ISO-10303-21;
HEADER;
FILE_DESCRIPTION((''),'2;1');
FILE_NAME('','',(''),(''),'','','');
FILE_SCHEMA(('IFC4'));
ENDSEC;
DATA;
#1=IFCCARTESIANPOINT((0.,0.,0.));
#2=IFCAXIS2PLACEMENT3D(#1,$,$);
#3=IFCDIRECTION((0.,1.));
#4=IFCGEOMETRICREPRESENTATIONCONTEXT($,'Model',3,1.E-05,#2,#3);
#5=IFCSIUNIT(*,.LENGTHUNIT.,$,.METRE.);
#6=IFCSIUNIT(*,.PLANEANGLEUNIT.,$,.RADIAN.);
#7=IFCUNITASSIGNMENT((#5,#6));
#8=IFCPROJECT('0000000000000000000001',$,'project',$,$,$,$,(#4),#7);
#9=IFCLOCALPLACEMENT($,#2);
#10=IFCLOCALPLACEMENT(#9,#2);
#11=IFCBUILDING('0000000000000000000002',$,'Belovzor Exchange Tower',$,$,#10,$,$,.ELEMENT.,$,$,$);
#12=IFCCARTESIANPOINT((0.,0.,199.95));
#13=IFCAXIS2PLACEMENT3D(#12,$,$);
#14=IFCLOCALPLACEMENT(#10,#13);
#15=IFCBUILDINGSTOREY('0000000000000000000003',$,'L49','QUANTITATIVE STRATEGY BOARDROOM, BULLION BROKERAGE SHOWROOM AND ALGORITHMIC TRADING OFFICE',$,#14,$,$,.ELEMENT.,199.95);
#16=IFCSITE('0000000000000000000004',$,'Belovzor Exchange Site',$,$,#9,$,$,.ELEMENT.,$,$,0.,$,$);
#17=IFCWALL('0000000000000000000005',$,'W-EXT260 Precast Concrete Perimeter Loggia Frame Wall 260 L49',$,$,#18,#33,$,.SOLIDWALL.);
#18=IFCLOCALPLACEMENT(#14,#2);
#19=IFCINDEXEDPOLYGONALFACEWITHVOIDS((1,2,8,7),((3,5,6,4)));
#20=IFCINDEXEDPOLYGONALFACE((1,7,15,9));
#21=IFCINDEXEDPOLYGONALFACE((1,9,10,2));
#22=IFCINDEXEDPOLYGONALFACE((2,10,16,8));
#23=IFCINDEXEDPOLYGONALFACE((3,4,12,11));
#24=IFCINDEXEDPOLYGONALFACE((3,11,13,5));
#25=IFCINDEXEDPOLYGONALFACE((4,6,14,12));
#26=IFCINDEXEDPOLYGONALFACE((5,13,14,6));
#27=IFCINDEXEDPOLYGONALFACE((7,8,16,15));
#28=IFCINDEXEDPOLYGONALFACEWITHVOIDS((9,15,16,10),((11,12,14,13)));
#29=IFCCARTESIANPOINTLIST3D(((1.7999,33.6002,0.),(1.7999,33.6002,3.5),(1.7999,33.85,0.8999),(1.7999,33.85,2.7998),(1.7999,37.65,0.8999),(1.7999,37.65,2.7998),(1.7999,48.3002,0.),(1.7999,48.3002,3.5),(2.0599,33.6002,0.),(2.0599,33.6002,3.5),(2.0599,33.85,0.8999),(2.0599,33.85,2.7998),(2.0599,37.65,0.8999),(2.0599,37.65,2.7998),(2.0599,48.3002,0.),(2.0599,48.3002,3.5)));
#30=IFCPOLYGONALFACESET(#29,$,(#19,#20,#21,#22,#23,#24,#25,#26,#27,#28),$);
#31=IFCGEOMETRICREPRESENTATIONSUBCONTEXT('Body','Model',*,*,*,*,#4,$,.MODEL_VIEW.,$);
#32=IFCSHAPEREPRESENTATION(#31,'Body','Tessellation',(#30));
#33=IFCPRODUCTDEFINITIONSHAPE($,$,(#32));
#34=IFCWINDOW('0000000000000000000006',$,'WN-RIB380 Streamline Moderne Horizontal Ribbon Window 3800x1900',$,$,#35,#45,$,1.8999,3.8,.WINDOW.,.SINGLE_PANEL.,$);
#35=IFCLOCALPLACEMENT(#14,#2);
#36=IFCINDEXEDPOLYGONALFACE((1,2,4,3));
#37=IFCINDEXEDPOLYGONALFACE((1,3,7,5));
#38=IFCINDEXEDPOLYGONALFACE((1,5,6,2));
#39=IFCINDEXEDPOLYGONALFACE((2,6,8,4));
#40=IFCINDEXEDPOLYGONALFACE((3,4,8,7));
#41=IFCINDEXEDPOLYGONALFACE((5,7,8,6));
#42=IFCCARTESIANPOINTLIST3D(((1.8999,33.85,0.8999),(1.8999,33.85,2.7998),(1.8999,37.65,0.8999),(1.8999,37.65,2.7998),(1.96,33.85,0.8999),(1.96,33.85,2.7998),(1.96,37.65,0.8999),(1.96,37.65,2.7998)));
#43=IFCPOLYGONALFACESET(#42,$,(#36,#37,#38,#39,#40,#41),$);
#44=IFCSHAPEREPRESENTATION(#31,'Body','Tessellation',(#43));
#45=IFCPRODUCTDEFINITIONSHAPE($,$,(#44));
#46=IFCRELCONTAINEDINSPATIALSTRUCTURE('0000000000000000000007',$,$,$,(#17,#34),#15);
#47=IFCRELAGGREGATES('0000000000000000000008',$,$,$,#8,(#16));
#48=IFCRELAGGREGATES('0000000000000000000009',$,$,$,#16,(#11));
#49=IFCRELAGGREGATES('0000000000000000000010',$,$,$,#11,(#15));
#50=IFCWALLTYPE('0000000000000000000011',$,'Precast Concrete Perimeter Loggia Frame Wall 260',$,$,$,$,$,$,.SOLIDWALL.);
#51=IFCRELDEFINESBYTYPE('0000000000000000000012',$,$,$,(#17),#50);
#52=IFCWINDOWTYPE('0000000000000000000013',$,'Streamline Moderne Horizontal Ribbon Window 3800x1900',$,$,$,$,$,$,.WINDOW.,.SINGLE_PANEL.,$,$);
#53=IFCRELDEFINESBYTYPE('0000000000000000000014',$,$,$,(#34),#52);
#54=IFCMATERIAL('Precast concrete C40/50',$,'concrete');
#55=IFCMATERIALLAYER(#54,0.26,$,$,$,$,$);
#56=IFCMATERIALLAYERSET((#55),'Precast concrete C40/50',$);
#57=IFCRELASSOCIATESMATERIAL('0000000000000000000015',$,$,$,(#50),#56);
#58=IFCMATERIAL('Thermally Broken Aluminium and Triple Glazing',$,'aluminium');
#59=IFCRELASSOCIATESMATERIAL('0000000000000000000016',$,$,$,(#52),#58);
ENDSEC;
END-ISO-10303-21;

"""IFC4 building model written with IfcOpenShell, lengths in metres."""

from ifc_helpers import new_model, si_unit, direction, frame, frame_2d, origin, place, context, subcontext, project, spatial, rectangle, extrude, material, layer, layer_set, type_object, element, fill, save


model = new_model("IFC4")

# Units and contexts
model_context = context("Model", 3, precision=1e-05, world=origin(), true_north=direction((0.0, 1.0)))
body_context = subcontext(model_context, "Body", "Model", "MODEL_VIEW")
ifc_project = project(units=[si_unit("LENGTHUNIT", "METRE"), si_unit("PLANEANGLEUNIT", "RADIAN")], contexts=[model_context])

# Site, building, storey
site_placement = place(None, origin())
site = spatial("IfcSite", under=ifc_project, at=site_placement, Name="Belovzor Exchange Site", CompositionType="ELEMENT", RefElevation=0.0)
building_placement = place(site_placement, origin())
building = spatial("IfcBuilding", under=site, at=building_placement, Name="Belovzor Exchange Tower", CompositionType="ELEMENT")
storey_placement = place(building_placement, frame((0.0, 0.0, 199.95)))
storey = spatial("IfcBuildingStorey", under=building, at=storey_placement, Name="L49", Description="QUANTITATIVE STRATEGY BOARDROOM, BULLION BROKERAGE SHOWROOM AND ALGORITHMIC TRADING OFFICE", CompositionType="ELEMENT", Elevation=199.95)

# Wall, opening, window
ifc_material_1 = material(Name="Precast concrete C40/50", Category="concrete")
ifc_layer_1 = layer(ifc_material_1, 0.26)
ifc_layer_set_1 = layer_set([ifc_layer_1], Name="Precast concrete C40/50")
wall_type_1 = type_object("IfcWallType", Name="Precast Concrete Perimeter Loggia Frame Wall 260", PredefinedType="SOLIDWALL", material=ifc_layer_set_1)
wall_1_placement = place(storey_placement, frame((1.9299, 33.6001, 0.0), z_axis=(0.0, 0.0, 1.0), x_axis=(0.0, 1.0, 0.0)))
wall_1 = element("IfcWall", 1, at=wall_1_placement, inside=storey, type_object=wall_type_1, Name="W-EXT260 Precast Concrete Perimeter Loggia Frame Wall 260 L49", PredefinedType="SOLIDWALL", context=body_context, shape_type="SweptSolid", body=[
    extrude(rectangle(XDim=14.7, YDim=0.26, at=frame_2d((7.3501, 0.0))), origin(), (0.0, 0.0, 1.0), 3.5),
])
opening_1_placement = place(wall_1_placement, frame((0.25, 0.0, 0.8999)))
opening_1 = element("IfcOpeningElement", 2, at=opening_1_placement, cuts=wall_1, PredefinedType="OPENING", context=body_context, shape_type="SweptSolid", body=[
    extrude(rectangle(XDim=3.8, YDim=1.8999, at=frame_2d((1.8999, 0.95))), frame((0.0, 0.1399, 0.0), z_axis=(0.0, -1.0, 0.0), x_axis=(1.0, 0.0, 0.0)), (0.0, 0.0, 1.0), 0.28),
])
ifc_material_2 = material(Name="Thermally Broken Aluminium and Triple Glazing", Category="aluminium")
window_type = type_object("IfcWindowType", Name="Streamline Moderne Horizontal Ribbon Window 3800x1900", PartitioningType="SINGLE_PANEL", PredefinedType="WINDOW", material=ifc_material_2)
window_placement = place(opening_1_placement, origin())
window = element("IfcWindow", 3, at=window_placement, inside=storey, type_object=window_type, Name="WN-RIB380 Streamline Moderne Horizontal Ribbon Window 3800x1900", OverallHeight=1.8999, OverallWidth=3.8, PartitioningType="SINGLE_PANEL", PredefinedType="WINDOW", context=body_context, shape_type="SweptSolid", body=[
    extrude(rectangle(XDim=3.8, YDim=1.8999, at=frame_2d((1.8999, 0.95))), frame((0.0, 0.03, 0.0), z_axis=(0.0, -1.0, 0.0), x_axis=(1.0, 0.0, 0.0)), (0.0, 0.0, 1.0), 0.0601),
])
fill(opening_1, window)

save(model, "model.ifc")
